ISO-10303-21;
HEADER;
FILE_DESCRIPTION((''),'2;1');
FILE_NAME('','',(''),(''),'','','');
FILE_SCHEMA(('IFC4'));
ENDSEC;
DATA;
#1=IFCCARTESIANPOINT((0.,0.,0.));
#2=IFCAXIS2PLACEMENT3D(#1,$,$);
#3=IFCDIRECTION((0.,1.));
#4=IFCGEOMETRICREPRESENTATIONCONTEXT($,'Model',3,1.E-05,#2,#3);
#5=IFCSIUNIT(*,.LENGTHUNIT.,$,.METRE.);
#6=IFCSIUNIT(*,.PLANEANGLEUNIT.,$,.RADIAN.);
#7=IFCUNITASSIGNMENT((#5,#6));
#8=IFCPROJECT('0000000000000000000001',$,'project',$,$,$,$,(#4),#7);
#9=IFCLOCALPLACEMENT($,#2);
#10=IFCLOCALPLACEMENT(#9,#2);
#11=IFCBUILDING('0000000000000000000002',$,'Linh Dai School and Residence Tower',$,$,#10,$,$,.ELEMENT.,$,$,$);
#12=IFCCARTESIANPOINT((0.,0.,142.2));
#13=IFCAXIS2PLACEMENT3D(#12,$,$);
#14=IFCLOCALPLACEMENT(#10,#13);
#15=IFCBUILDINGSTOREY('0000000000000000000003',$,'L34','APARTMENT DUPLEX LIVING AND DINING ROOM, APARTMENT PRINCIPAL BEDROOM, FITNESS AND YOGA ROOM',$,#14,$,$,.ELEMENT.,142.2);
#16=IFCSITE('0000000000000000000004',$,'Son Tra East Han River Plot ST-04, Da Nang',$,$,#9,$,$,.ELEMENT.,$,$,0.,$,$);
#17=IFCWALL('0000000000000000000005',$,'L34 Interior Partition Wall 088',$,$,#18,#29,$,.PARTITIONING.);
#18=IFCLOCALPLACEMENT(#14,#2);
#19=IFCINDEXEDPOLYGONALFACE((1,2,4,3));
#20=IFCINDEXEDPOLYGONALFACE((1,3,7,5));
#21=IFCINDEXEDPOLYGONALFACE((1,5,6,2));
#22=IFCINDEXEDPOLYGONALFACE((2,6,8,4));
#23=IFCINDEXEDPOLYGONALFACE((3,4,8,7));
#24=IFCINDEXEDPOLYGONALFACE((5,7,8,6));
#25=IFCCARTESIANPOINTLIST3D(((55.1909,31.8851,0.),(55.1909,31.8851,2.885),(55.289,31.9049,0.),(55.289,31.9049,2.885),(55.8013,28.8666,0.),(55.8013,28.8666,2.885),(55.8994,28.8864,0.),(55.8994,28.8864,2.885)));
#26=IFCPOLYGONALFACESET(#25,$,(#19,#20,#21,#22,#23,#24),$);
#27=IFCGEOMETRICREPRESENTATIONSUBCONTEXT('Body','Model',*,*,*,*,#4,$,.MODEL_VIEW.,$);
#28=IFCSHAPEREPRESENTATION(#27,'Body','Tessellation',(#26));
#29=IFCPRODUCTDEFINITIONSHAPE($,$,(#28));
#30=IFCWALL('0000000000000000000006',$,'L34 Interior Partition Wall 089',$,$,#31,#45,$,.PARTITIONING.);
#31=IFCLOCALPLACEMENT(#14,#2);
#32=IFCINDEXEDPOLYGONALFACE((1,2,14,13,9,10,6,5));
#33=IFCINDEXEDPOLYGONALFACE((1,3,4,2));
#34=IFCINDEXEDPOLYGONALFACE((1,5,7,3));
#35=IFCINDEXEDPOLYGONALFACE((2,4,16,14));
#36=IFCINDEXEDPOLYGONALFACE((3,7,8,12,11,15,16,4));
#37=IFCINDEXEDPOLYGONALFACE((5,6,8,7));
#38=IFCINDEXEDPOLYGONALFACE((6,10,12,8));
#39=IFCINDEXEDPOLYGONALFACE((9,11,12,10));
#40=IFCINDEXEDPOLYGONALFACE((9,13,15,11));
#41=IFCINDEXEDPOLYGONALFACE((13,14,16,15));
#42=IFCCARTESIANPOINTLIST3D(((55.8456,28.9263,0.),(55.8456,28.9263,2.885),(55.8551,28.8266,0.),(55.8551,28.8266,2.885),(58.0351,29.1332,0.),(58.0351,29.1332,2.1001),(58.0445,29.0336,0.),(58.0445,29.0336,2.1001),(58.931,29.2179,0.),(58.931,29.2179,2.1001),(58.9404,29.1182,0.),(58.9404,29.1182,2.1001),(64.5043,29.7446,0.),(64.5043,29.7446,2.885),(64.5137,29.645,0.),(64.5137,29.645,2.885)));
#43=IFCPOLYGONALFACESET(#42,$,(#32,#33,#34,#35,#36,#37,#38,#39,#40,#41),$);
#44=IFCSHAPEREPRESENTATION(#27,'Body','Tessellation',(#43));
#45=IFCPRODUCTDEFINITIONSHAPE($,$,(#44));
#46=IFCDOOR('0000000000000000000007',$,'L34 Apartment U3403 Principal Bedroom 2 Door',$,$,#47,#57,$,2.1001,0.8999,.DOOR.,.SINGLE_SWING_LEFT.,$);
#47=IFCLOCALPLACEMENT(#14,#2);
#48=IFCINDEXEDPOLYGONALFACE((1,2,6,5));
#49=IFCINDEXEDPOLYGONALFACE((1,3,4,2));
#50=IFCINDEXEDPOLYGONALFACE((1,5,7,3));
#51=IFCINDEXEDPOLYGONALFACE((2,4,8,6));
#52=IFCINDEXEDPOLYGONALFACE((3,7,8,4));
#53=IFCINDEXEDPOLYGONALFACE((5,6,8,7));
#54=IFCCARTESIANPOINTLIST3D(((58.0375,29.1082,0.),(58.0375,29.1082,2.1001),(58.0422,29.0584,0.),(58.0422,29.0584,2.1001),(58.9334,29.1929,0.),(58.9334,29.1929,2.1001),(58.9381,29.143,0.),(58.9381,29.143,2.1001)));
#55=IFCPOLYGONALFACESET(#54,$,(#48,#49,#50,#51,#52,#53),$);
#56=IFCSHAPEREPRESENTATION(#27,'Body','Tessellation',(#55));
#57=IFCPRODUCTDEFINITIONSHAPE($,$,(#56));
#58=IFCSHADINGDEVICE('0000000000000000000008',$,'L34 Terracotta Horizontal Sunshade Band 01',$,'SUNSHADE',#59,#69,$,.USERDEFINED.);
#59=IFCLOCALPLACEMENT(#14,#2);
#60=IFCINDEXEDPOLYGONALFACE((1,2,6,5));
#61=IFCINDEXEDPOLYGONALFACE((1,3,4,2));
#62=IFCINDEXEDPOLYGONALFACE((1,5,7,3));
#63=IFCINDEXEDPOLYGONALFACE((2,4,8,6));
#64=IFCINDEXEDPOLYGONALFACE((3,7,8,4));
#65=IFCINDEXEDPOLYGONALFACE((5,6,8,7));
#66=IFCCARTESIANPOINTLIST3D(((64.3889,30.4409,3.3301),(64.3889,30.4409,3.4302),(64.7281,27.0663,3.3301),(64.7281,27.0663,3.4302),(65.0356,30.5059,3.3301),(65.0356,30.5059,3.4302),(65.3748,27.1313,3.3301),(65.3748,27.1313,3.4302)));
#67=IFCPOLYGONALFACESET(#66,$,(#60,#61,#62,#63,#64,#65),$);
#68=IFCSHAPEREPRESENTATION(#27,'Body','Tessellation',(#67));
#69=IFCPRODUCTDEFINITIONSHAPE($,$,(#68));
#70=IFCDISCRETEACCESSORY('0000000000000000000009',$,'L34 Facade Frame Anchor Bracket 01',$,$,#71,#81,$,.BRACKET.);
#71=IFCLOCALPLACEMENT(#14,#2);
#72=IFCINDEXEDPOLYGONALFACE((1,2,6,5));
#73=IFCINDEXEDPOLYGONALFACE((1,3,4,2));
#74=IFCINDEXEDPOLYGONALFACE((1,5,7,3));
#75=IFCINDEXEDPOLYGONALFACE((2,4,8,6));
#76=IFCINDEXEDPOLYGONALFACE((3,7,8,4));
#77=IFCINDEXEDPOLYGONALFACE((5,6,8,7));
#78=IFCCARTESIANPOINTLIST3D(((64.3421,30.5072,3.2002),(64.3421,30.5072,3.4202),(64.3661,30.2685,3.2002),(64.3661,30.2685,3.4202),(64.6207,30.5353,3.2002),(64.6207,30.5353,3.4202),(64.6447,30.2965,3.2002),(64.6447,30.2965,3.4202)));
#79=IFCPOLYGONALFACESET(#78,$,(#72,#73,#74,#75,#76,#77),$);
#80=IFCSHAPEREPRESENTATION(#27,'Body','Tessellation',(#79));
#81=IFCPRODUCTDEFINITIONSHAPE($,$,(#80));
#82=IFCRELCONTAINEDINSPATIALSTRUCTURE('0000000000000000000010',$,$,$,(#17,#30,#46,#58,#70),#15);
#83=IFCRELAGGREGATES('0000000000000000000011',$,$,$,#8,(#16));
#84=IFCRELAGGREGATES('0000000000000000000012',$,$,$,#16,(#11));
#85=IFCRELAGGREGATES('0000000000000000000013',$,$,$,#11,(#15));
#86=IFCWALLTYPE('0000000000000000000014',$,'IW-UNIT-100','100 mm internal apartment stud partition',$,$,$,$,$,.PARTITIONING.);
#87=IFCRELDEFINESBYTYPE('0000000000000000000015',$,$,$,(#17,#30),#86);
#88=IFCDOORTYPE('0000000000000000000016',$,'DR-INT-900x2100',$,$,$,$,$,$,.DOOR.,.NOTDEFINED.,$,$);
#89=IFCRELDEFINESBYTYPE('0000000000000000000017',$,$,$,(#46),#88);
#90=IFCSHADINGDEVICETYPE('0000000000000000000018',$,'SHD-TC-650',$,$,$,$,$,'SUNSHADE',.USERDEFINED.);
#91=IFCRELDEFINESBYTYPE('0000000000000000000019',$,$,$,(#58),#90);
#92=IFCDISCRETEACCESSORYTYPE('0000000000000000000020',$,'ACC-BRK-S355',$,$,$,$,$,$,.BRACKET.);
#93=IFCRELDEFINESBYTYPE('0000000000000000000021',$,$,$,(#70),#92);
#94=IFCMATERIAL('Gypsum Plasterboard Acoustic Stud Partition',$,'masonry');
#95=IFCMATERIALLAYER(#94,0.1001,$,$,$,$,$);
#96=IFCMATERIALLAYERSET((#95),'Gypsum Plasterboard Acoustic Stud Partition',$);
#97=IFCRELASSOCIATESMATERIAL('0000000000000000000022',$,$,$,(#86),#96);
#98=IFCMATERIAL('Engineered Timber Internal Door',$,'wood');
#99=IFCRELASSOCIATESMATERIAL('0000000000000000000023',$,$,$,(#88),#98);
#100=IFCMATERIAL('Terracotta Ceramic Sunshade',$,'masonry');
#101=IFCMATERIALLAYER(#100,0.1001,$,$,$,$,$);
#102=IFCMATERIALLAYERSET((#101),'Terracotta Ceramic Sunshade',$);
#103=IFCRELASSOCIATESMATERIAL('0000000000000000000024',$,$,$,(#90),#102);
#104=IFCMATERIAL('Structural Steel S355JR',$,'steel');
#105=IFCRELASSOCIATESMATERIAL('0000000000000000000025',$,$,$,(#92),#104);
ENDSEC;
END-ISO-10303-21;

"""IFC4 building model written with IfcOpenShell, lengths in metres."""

from ifc_helpers import new_model, si_unit, direction, frame, frame_2d, origin, origin_2d, place, context, subcontext, project, spatial, rectangle, extrude, source, transform, mapped, material, layer, layer_set, type_object, element, fill, save


model = new_model("IFC4")

# Units and contexts
model_context = context("Model", 3, precision=1e-05, world=origin(), true_north=direction((0.0, 1.0)))
body_context = subcontext(model_context, "Body", "Model", "MODEL_VIEW")
ifc_project = project(units=[si_unit("LENGTHUNIT", "METRE"), si_unit("PLANEANGLEUNIT", "RADIAN")], contexts=[model_context])

# Site, building, storey
site_placement = place(None, origin())
site = spatial("IfcSite", under=ifc_project, at=site_placement, Name="Son Tra East Han River Plot ST-04, Da Nang", CompositionType="ELEMENT", RefElevation=0.0)
building_placement = place(site_placement, origin())
building = spatial("IfcBuilding", under=site, at=building_placement, Name="Linh Dai School and Residence Tower", CompositionType="ELEMENT")
storey_placement = place(building_placement, frame((0.0, 0.0, 142.2)))
storey = spatial("IfcBuildingStorey", under=building, at=storey_placement, Name="L34", Description="APARTMENT DUPLEX LIVING AND DINING ROOM, APARTMENT PRINCIPAL BEDROOM, FITNESS AND YOGA ROOM", CompositionType="ELEMENT", Elevation=142.2)

# Shared definitions
ifc_material_1 = material(Name="Structural Steel S355JR", Category="steel")

# Shared definitions
ifc_material_2 = material(Name="Gypsum Plasterboard Acoustic Stud Partition", Category="masonry")
ifc_layer_1 = layer(ifc_material_2, 0.1001)
ifc_layer_set_1 = layer_set([ifc_layer_1], Name="Gypsum Plasterboard Acoustic Stud Partition")
wall_type_1 = type_object("IfcWallType", Name="IW-UNIT-100", Description="100 mm internal apartment stud partition", PredefinedType="PARTITIONING", material=ifc_layer_set_1)

# Shared definitions
ifc_material_3 = material(Name="Engineered Timber Internal Door", Category="wood")
door_type = type_object("IfcDoorType", Name="DR-INT-900x2100", OperationType="NOTDEFINED", PredefinedType="DOOR", material=ifc_material_3)
shared_shape_1 = source(origin(), body_context, "Body", "SweptSolid", [
    extrude(rectangle(XDim=0.8999, YDim=2.1001, at=origin_2d()), frame((0.45, 0.0249, 1.05), z_axis=(0.0, -1.0, 0.0), x_axis=(1.0, 0.0, 0.0)), (0.0, 0.0, 1.0), 0.05),
])

# Wall
wall_1_placement = place(storey_placement, frame((55.24, 31.895, 0.0), z_axis=(0.0, 0.0, 1.0), x_axis=(0.198189, -0.980164, 0.0)))
element("IfcWall", 1, at=wall_1_placement, inside=storey, type_object=wall_type_1, Name="L34 Interior Partition Wall 088", PredefinedType="PARTITIONING", context=body_context, shape_type="SweptSolid", body=[
    extrude(rectangle(XDim=3.0796, YDim=0.1001, at=frame_2d((1.5398, 0.0))), origin(), (0.0, 0.0, 1.0), 2.885),
])

# Wall, opening, door
wall_2_placement = place(storey_placement, frame((55.8503, 28.8765, 0.0), z_axis=(0.0, 0.0, 1.0), x_axis=(0.995563, 0.094094, 0.0)))
wall_2 = element("IfcWall", 2, at=wall_2_placement, inside=storey, type_object=wall_type_1, Name="L34 Interior Partition Wall 089", PredefinedType="PARTITIONING", context=body_context, shape_type="SweptSolid", body=[
    extrude(rectangle(XDim=8.6973, YDim=0.1001, at=frame_2d((4.3486, 0.0))), origin(), (0.0, 0.0, 1.0), 2.885),
])
opening_1_placement = place(wall_2_placement, frame((2.1992, 0.0, 0.0)))
opening_1 = element("IfcOpeningElement", 3, at=opening_1_placement, cuts=wall_2, PredefinedType="OPENING", context=body_context, shape_type="SweptSolid", body=[
    extrude(rectangle(XDim=0.8999, YDim=2.1001, at=origin_2d()), frame((0.45, 0.0601, 1.05), z_axis=(0.0, -1.0, 0.0), x_axis=(1.0, 0.0, 0.0)), (0.0, 0.0, 1.0), 0.1201),
])
door_1_placement = place(opening_1_placement, origin())
door_1 = element("IfcDoor", 4, at=door_1_placement, inside=storey, type_object=door_type, Name="L34 Apartment U3403 Principal Bedroom 2 Door", OperationType="SINGLE_SWING_LEFT", OverallHeight=2.1001, OverallWidth=0.8999, PredefinedType="DOOR", context=body_context, shape_type="MappedRepresentation", body=[
    mapped(shared_shape_1, transform((0.0, 0.0, 0.0), x_axis=(1.0, 0.0, 0.0), y_axis=(0.0, 1.0, 0.0), z_axis=(0.0, 0.0, 1.0), scale=1.0)),
])
fill(opening_1, door_1)

# Shading device
ifc_material_4 = material(Name="Terracotta Ceramic Sunshade", Category="masonry")
ifc_layer_2 = layer(ifc_material_4, 0.1001)
ifc_layer_set_2 = layer_set([ifc_layer_2], Name="Terracotta Ceramic Sunshade")
shading_device_type = type_object("IfcShadingDeviceType", Name="SHD-TC-650", ElementType="SUNSHADE", PredefinedType="USERDEFINED", material=ifc_layer_set_2)
shared_shape_2 = source(origin(), body_context, "Body", "SweptSolid", [
    extrude(rectangle(XDim=3.3916, YDim=0.6499, at=origin_2d()), origin(), (0.0, 0.0, 1.0), 0.1001),
])
shading_device_placement = place(storey_placement, frame((64.8818, 28.7861, 3.3301), z_axis=(0.0, 0.0, 1.0), x_axis=(0.100007, -0.994987, 0.0)))
element("IfcShadingDevice", 5, at=shading_device_placement, inside=storey, type_object=shading_device_type, Name="L34 Terracotta Horizontal Sunshade Band 01", ObjectType="SUNSHADE", PredefinedType="USERDEFINED", context=body_context, shape_type="MappedRepresentation", body=[
    mapped(shared_shape_2, transform((0.0, 0.0, 0.0), x_axis=(1.0, 0.0, 0.0), y_axis=(0.0, 1.0, 0.0), z_axis=(0.0, 0.0, 1.0), scale=1.0)),
])

# Discrete accessory
discrete_accessory_type = type_object("IfcDiscreteAccessoryType", Name="ACC-BRK-S355", PredefinedType="BRACKET", material=ifc_material_1)
shared_shape_3 = source(origin(), body_context, "Body", "SweptSolid", [
    extrude(rectangle(XDim=0.28, YDim=0.24, at=origin_2d()), origin(), (0.0, 0.0, 1.0), 0.22),
])
discrete_accessory_placement = place(storey_placement, frame((64.4934, 30.4019, 3.2002), z_axis=(0.0, 0.0, 1.0), x_axis=(0.994987, 0.100007, 0.0)))
element("IfcDiscreteAccessory", 6, at=discrete_accessory_placement, inside=storey, type_object=discrete_accessory_type, Name="L34 Facade Frame Anchor Bracket 01", PredefinedType="BRACKET", context=body_context, shape_type="MappedRepresentation", body=[
    mapped(shared_shape_3, transform((0.0, 0.0, 0.0), x_axis=(1.0, 0.0, 0.0), y_axis=(0.0, 1.0, 0.0), z_axis=(0.0, 0.0, 1.0), scale=1.0)),
])

save(model, "model.ifc")
